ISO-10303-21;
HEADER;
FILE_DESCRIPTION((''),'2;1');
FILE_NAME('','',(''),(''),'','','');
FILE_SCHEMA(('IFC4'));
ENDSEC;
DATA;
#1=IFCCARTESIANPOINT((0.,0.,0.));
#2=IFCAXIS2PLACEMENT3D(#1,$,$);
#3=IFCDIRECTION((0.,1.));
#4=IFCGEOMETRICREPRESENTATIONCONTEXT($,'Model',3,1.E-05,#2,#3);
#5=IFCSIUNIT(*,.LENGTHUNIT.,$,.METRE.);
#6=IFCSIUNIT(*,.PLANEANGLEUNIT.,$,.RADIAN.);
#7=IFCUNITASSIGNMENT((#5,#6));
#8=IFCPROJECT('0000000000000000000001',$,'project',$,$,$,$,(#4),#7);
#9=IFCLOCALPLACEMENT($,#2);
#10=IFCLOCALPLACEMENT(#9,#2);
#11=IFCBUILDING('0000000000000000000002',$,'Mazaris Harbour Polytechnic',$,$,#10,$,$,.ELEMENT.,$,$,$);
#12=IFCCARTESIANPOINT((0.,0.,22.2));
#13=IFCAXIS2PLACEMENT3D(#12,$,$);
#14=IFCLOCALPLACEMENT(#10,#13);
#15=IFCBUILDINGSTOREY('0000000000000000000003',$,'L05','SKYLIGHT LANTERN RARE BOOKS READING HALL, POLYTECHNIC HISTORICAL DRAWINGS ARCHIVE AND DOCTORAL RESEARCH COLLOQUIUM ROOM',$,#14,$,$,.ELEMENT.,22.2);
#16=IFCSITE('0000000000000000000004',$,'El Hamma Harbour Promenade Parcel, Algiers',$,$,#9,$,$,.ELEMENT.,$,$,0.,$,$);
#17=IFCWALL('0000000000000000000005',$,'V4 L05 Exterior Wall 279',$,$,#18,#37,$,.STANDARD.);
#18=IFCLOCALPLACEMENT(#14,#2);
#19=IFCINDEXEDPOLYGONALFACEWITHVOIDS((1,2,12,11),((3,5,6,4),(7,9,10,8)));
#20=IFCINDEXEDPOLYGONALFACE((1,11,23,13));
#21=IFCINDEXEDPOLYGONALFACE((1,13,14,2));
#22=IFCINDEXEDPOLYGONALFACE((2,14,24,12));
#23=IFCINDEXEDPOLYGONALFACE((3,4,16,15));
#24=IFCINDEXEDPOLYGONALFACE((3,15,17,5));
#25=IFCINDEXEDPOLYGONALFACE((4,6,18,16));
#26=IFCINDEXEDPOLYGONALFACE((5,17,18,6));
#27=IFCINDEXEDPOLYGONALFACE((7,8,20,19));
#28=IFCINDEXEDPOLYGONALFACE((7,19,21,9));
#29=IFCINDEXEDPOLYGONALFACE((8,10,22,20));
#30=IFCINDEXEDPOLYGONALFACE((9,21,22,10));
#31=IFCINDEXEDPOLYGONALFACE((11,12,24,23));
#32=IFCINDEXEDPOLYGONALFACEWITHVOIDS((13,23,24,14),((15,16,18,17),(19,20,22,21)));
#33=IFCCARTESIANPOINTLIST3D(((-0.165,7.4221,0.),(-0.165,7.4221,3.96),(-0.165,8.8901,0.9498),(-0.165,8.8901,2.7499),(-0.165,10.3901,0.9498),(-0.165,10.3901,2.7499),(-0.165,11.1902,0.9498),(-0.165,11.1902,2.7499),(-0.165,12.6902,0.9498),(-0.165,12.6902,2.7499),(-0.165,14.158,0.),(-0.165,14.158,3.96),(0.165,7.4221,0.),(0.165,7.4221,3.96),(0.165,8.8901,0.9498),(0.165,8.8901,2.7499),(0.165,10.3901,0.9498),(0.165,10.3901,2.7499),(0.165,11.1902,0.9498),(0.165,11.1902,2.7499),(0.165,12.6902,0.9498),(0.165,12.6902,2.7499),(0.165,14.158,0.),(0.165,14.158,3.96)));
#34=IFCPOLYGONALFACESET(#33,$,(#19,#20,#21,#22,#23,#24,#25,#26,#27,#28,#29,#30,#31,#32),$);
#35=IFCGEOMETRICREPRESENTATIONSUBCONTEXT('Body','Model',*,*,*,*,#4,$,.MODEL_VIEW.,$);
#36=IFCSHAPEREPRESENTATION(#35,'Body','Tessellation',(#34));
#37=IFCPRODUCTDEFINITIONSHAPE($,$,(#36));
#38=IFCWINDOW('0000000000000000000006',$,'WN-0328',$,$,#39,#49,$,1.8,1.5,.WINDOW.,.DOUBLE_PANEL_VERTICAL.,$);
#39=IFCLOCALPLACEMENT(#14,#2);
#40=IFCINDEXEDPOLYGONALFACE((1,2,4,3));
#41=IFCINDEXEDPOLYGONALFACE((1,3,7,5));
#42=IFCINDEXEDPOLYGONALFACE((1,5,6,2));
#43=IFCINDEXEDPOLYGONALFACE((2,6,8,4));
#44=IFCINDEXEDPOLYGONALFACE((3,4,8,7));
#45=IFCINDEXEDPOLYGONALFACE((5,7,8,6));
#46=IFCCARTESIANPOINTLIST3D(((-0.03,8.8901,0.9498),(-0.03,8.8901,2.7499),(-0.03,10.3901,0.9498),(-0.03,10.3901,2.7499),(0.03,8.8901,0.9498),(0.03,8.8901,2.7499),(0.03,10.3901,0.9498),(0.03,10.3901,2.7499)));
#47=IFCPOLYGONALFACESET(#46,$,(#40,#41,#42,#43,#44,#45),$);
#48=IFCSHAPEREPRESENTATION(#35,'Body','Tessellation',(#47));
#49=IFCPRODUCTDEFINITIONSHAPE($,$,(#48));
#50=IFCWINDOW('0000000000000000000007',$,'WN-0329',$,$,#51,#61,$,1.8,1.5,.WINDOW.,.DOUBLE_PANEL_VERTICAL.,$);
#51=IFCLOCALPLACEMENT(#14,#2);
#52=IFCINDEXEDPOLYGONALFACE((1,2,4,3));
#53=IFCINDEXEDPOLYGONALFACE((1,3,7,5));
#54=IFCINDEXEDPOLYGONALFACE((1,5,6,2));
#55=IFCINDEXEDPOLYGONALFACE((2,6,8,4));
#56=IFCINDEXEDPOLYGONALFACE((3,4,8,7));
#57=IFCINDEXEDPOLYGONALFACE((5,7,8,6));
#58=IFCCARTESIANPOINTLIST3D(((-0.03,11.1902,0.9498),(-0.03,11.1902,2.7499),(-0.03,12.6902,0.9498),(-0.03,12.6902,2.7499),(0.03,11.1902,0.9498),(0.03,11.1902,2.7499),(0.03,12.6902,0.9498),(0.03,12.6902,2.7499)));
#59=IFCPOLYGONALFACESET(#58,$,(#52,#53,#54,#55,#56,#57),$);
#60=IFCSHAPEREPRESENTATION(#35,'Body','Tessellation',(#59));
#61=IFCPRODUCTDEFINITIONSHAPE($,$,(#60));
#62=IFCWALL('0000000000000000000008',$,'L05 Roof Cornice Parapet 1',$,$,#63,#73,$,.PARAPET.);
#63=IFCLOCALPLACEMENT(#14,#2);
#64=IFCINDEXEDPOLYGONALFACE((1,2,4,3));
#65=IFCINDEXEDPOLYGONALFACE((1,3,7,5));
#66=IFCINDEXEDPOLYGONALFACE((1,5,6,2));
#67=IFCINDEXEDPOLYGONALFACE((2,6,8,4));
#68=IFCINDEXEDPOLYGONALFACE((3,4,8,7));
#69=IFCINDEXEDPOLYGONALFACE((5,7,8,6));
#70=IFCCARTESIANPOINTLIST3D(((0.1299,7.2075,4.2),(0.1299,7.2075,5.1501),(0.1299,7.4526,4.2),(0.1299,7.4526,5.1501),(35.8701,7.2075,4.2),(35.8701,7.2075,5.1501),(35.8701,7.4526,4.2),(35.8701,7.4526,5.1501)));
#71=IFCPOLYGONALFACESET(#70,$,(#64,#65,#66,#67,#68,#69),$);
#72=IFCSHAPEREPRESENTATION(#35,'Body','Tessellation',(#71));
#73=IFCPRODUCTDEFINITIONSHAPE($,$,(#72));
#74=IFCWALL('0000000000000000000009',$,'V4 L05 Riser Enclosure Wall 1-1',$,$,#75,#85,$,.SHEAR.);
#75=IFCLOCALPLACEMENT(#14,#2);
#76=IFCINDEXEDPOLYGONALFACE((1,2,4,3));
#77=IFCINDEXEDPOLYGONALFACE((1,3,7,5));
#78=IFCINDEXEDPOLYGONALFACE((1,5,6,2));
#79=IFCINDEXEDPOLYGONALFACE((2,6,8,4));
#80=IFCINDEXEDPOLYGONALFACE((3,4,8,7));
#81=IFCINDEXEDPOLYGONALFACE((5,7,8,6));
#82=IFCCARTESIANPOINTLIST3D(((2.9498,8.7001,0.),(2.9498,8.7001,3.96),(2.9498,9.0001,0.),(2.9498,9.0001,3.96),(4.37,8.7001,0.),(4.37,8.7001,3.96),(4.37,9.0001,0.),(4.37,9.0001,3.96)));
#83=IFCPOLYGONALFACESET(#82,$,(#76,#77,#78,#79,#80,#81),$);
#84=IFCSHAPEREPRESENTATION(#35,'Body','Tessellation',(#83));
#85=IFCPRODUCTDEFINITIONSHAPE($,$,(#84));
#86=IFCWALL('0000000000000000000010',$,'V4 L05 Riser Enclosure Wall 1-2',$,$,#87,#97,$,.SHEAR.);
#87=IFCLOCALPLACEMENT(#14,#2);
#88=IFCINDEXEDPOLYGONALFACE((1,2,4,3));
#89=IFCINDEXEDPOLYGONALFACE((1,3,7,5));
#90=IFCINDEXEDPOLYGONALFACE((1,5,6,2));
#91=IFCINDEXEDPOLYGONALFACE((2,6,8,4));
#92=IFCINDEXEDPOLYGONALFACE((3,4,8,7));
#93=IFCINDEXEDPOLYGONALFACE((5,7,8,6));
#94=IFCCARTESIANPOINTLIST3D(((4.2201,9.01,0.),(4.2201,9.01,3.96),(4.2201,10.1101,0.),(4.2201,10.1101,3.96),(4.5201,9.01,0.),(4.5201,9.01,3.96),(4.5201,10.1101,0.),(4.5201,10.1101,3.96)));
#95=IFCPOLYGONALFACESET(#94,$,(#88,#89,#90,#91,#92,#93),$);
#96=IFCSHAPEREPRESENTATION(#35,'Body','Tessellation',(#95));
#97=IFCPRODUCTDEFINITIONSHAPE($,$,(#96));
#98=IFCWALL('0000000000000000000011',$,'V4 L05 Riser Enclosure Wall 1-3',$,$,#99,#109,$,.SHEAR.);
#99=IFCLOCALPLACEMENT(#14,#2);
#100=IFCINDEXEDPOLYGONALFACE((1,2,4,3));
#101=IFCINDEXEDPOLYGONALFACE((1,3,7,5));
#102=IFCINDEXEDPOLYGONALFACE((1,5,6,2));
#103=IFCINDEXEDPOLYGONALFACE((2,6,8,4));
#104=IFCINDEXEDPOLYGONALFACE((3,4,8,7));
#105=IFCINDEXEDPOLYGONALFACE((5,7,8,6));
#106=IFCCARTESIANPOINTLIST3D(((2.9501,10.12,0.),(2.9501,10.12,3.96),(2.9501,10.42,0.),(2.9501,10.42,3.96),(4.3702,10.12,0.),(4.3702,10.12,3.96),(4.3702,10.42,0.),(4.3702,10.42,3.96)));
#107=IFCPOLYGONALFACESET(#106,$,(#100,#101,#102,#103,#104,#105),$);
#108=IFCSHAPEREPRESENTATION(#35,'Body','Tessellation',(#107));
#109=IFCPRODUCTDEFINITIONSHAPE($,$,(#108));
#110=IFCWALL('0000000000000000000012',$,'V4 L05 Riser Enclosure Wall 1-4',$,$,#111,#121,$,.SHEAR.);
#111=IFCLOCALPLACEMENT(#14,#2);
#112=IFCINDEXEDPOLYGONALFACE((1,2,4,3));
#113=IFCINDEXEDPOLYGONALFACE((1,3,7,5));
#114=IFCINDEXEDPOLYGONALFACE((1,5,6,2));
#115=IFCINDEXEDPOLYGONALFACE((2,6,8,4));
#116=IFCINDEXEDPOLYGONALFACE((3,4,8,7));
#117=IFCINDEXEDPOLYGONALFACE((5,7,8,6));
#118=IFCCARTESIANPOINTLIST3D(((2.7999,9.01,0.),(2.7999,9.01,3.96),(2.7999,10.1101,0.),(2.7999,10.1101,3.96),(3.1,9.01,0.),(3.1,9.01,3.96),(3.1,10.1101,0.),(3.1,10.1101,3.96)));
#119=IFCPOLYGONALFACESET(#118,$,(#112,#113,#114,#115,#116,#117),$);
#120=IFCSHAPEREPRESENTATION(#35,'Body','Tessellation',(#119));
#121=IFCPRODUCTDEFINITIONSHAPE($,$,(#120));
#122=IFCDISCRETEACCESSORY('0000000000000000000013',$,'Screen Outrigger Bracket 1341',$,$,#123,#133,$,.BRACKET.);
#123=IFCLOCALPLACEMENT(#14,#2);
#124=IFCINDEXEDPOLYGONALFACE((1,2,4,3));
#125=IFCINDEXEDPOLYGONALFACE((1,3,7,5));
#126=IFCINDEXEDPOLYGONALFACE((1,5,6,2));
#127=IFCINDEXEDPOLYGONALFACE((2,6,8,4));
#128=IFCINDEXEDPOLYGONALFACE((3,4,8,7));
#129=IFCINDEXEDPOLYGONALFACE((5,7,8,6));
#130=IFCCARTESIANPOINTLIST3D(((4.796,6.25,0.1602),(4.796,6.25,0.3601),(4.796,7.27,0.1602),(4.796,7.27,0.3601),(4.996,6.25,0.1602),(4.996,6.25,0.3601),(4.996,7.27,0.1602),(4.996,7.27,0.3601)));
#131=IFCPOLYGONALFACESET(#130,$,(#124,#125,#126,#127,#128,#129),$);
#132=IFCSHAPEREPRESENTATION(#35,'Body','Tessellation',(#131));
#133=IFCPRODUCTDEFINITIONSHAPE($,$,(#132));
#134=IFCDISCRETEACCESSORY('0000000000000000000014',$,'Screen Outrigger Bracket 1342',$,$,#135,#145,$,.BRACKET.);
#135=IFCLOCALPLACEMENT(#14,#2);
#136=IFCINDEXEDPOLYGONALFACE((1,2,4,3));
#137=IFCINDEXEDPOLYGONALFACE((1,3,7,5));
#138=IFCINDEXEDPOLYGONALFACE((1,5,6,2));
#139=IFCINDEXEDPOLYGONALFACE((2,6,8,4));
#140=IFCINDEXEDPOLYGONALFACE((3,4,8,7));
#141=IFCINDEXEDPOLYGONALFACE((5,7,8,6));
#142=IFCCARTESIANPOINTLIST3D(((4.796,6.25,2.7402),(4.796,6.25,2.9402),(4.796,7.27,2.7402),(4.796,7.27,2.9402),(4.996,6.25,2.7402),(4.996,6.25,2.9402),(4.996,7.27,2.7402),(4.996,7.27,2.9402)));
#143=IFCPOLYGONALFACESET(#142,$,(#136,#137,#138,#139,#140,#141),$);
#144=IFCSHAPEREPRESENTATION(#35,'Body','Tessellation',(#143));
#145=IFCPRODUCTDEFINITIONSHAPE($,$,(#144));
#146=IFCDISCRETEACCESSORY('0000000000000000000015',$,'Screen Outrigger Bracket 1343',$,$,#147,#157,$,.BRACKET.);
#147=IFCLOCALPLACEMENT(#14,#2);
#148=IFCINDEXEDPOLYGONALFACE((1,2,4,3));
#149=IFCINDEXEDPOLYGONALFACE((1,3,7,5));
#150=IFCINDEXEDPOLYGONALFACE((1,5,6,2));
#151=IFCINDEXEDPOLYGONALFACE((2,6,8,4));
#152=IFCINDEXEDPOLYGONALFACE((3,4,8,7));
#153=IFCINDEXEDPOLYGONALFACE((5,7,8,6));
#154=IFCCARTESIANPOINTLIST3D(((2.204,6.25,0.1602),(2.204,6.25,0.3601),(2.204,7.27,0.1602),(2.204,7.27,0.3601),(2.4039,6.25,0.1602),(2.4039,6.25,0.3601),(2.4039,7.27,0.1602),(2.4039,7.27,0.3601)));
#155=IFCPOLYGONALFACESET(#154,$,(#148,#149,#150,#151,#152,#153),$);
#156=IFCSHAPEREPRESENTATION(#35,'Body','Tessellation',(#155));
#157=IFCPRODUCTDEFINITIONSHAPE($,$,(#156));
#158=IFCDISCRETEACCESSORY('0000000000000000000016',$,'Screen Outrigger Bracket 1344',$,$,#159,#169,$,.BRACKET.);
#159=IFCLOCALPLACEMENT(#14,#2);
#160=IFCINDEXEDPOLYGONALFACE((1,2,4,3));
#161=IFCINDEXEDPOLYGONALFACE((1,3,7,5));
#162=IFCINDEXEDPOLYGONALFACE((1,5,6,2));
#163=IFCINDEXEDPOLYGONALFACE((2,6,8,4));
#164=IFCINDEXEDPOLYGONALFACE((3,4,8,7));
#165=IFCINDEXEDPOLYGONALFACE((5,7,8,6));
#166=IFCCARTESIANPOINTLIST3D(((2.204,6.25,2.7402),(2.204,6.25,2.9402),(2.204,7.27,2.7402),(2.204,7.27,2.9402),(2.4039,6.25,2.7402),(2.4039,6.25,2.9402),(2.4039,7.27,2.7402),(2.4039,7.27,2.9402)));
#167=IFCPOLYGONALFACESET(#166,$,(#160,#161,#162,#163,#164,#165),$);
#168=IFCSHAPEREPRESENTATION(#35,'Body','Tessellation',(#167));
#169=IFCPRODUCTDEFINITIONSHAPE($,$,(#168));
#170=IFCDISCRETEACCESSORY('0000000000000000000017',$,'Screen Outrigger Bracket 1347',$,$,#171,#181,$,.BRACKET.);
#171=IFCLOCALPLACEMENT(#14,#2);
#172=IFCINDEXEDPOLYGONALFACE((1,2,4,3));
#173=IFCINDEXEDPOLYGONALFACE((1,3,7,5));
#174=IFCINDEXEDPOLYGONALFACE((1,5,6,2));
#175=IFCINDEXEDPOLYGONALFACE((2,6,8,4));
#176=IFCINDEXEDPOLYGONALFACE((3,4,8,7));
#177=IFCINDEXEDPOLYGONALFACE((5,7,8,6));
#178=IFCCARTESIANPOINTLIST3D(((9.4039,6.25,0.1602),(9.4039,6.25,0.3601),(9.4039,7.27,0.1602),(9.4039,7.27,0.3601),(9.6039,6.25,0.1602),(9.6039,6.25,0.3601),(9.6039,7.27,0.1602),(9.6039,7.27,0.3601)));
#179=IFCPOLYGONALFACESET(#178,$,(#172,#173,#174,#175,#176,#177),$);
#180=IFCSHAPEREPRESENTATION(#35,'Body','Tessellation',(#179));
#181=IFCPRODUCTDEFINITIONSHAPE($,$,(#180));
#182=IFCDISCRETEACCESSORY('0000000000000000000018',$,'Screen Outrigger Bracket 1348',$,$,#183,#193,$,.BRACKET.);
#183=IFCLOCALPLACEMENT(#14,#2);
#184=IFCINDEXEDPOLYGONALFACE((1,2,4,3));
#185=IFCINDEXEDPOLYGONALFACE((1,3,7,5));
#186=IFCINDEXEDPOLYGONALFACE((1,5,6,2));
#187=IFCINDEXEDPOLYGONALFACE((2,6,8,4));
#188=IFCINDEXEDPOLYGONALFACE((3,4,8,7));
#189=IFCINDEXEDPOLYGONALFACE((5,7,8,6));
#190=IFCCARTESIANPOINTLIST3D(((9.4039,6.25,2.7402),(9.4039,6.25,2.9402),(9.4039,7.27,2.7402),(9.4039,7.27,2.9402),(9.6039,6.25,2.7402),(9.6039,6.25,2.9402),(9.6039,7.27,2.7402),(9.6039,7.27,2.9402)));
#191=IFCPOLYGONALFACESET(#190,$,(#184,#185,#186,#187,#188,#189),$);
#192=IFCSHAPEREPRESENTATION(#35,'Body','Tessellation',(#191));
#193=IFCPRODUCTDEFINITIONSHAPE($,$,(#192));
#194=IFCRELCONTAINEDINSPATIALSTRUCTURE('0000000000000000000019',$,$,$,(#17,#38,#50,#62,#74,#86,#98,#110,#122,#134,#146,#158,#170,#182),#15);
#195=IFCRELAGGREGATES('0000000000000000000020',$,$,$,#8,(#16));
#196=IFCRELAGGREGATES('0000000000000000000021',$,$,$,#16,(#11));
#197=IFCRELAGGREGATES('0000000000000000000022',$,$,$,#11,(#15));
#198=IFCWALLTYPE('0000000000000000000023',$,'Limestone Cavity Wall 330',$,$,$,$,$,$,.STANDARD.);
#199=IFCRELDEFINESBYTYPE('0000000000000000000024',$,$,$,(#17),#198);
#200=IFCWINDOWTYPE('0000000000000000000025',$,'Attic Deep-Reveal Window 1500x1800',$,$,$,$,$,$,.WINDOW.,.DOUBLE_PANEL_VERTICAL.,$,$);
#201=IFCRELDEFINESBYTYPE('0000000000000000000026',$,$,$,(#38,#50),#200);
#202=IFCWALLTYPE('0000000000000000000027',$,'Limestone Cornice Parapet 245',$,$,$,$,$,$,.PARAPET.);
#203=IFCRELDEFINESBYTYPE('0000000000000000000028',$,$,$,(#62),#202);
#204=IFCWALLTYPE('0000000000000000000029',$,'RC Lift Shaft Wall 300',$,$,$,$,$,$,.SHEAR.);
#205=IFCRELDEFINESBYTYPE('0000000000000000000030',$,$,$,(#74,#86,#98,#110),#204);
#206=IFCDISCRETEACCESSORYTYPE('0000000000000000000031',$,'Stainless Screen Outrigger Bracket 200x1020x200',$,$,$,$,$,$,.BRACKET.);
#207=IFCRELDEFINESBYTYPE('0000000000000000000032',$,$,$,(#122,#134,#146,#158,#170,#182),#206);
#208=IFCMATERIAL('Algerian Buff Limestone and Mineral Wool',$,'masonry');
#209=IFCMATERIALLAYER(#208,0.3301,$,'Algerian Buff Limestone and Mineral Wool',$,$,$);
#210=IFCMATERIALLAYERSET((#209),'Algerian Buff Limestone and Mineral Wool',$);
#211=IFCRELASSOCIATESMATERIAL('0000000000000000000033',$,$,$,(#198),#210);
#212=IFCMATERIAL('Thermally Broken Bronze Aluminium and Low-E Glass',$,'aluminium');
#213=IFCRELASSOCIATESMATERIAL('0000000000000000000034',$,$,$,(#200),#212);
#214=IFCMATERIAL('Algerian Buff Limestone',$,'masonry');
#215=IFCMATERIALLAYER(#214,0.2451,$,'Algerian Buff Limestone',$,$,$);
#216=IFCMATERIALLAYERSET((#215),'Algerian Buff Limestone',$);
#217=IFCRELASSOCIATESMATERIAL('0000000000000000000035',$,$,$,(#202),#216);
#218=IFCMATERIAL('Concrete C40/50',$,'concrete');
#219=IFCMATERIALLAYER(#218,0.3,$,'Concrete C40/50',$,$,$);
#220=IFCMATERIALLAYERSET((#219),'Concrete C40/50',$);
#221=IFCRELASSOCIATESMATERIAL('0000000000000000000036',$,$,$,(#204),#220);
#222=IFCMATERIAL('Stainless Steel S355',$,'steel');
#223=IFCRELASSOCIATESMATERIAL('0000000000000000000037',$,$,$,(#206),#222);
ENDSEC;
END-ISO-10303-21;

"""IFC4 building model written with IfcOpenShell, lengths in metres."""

from ifc_helpers import new_model, si_unit, direction, frame, frame_2d, origin, origin_2d, place, context, subcontext, project, spatial, rectangle, extrude, material, layer, layer_set, type_object, element, fill, save


model = new_model("IFC4")

# Units and contexts
model_context = context("Model", 3, precision=1e-05, world=origin(), true_north=direction((0.0, 1.0)))
body_context = subcontext(model_context, "Body", "Model", "MODEL_VIEW")
ifc_project = project(units=[si_unit("LENGTHUNIT", "METRE"), si_unit("PLANEANGLEUNIT", "RADIAN")], contexts=[model_context])

# Site, building, storey
site_placement = place(None, origin())
site = spatial("IfcSite", under=ifc_project, at=site_placement, Name="El Hamma Harbour Promenade Parcel, Algiers", CompositionType="ELEMENT", RefElevation=0.0)
building_placement = place(site_placement, origin())
building = spatial("IfcBuilding", under=site, at=building_placement, Name="Mazaris Harbour Polytechnic", CompositionType="ELEMENT")
storey_placement = place(building_placement, frame((0.0, 0.0, 22.2)))
storey = spatial("IfcBuildingStorey", under=building, at=storey_placement, Name="L05", Description="SKYLIGHT LANTERN RARE BOOKS READING HALL, POLYTECHNIC HISTORICAL DRAWINGS ARCHIVE AND DOCTORAL RESEARCH COLLOQUIUM ROOM", CompositionType="ELEMENT", Elevation=22.2)

# Wall, openings, windows
ifc_material_1 = material(Name="Algerian Buff Limestone and Mineral Wool", Category="masonry")
ifc_layer_1 = layer(ifc_material_1, 0.3301, Name="Algerian Buff Limestone and Mineral Wool")
ifc_layer_set_1 = layer_set([ifc_layer_1], Name="Algerian Buff Limestone and Mineral Wool")
wall_type_1 = type_object("IfcWallType", Name="Limestone Cavity Wall 330", PredefinedType="STANDARD", material=ifc_layer_set_1)
ifc_material_2 = material(Name="Thermally Broken Bronze Aluminium and Low-E Glass", Category="aluminium")
window_type = type_object("IfcWindowType", Name="Attic Deep-Reveal Window 1500x1800", PartitioningType="DOUBLE_PANEL_VERTICAL", PredefinedType="WINDOW", material=ifc_material_2)
wall_1_placement = place(storey_placement, frame((0.0, 7.4221, 0.0), z_axis=(0.0, 0.0, 1.0), x_axis=(0.0, 1.0, 0.0)))
wall_1 = element("IfcWall", 1, at=wall_1_placement, inside=storey, type_object=wall_type_1, Name="V4 L05 Exterior Wall 279", PredefinedType="STANDARD", context=body_context, shape_type="SweptSolid", body=[
    extrude(rectangle(XDim=6.7358, YDim=0.3301, at=frame_2d((3.3679, 0.0))), origin(), (0.0, 0.0, 1.0), 3.96),
])
opening_1_placement = place(wall_1_placement, frame((1.468, 0.0, 0.95)))
opening_1 = element("IfcOpeningElement", 2, at=opening_1_placement, cuts=wall_1, PredefinedType="OPENING", context=body_context, shape_type="SweptSolid", body=[
    extrude(rectangle(XDim=1.5, YDim=1.8, at=frame_2d((0.75, 0.8999))), frame((0.0, 0.175, 0.0), z_axis=(0.0, -1.0, 0.0), x_axis=(1.0, 0.0, 0.0)), (0.0, 0.0, 1.0), 0.3501),
])
opening_2_placement = place(wall_1_placement, frame((3.7681, 0.0, 0.95)))
opening_2 = element("IfcOpeningElement", 3, at=opening_2_placement, cuts=wall_1, PredefinedType="OPENING", context=body_context, shape_type="SweptSolid", body=[
    extrude(rectangle(XDim=1.5, YDim=1.8, at=frame_2d((0.75, 0.8999))), frame((0.0, 0.175, 0.0), z_axis=(0.0, -1.0, 0.0), x_axis=(1.0, 0.0, 0.0)), (0.0, 0.0, 1.0), 0.3501),
])
window_1_placement = place(opening_1_placement, origin())
window_1 = element("IfcWindow", 4, at=window_1_placement, inside=storey, type_object=window_type, Name="WN-0328", OverallHeight=1.8, OverallWidth=1.5, PartitioningType="DOUBLE_PANEL_VERTICAL", PredefinedType="WINDOW", context=body_context, shape_type="SweptSolid", body=[
    extrude(rectangle(XDim=1.5, YDim=1.8, at=frame_2d((0.75, 0.8999))), frame((0.0, 0.03, 0.0), z_axis=(0.0, -1.0, 0.0), x_axis=(1.0, 0.0, 0.0)), (0.0, 0.0, 1.0), 0.0601),
])
fill(opening_1, window_1)
window_2_placement = place(opening_2_placement, origin())
window_2 = element("IfcWindow", 5, at=window_2_placement, inside=storey, type_object=window_type, Name="WN-0329", OverallHeight=1.8, OverallWidth=1.5, PartitioningType="DOUBLE_PANEL_VERTICAL", PredefinedType="WINDOW", context=body_context, shape_type="SweptSolid", body=[
    extrude(rectangle(XDim=1.5, YDim=1.8, at=frame_2d((0.75, 0.8999))), frame((0.0, 0.03, 0.0), z_axis=(0.0, -1.0, 0.0), x_axis=(1.0, 0.0, 0.0)), (0.0, 0.0, 1.0), 0.0601),
])
fill(opening_2, window_2)

# Walls
ifc_material_3 = material(Name="Algerian Buff Limestone", Category="masonry")
ifc_layer_2 = layer(ifc_material_3, 0.2451, Name="Algerian Buff Limestone")
ifc_layer_set_2 = layer_set([ifc_layer_2], Name="Algerian Buff Limestone")
wall_type_2 = type_object("IfcWallType", Name="Limestone Cornice Parapet 245", PredefinedType="PARAPET", material=ifc_layer_set_2)
wall_2_placement = place(storey_placement, frame((0.1299, 7.3301, 4.2), z_axis=(0.0, 0.0, 1.0), x_axis=(1.0, 0.0, 0.0)))
element("IfcWall", 6, at=wall_2_placement, inside=storey, type_object=wall_type_2, Name="L05 Roof Cornice Parapet 1", PredefinedType="PARAPET", context=body_context, shape_type="SweptSolid", body=[
    extrude(rectangle(XDim=35.7402, YDim=0.2451, at=frame_2d((17.8701, 0.0))), origin(), (0.0, 0.0, 1.0), 0.9502),
])
ifc_material_4 = material(Name="Concrete C40/50", Category="concrete")
ifc_layer_3 = layer(ifc_material_4, 0.3, Name="Concrete C40/50")
ifc_layer_set_3 = layer_set([ifc_layer_3], Name="Concrete C40/50")
wall_type_3 = type_object("IfcWallType", Name="RC Lift Shaft Wall 300", PredefinedType="SHEAR", material=ifc_layer_set_3)
wall_3_placement = place(storey_placement, frame((2.95, 8.8501, 0.0), z_axis=(0.0, 0.0, 1.0), x_axis=(1.0, 0.0, 0.0)))
element("IfcWall", 7, at=wall_3_placement, inside=storey, type_object=wall_type_3, Name="V4 L05 Riser Enclosure Wall 1-1", PredefinedType="SHEAR", context=body_context, shape_type="SweptSolid", body=[
    extrude(rectangle(XDim=1.4202, YDim=0.3, at=frame_2d((0.71, 0.0))), origin(), (0.0, 0.0, 1.0), 3.96),
])
wall_4_placement = place(storey_placement, frame((4.3701, 9.01, 0.0), z_axis=(0.0, 0.0, 1.0), x_axis=(0.0, 1.0, 0.0)))
element("IfcWall", 8, at=wall_4_placement, inside=storey, type_object=wall_type_3, Name="V4 L05 Riser Enclosure Wall 1-2", PredefinedType="SHEAR", context=body_context, shape_type="SweptSolid", body=[
    extrude(rectangle(XDim=1.1001, YDim=0.3, at=frame_2d((0.55, 0.0))), origin(), (0.0, 0.0, 1.0), 3.96),
])
wall_5_placement = place(storey_placement, frame((4.3701, 10.27, 0.0), z_axis=(0.0, 0.0, 1.0), x_axis=(-1.0, 0.0, 0.0)))
element("IfcWall", 9, at=wall_5_placement, inside=storey, type_object=wall_type_3, Name="V4 L05 Riser Enclosure Wall 1-3", PredefinedType="SHEAR", context=body_context, shape_type="SweptSolid", body=[
    extrude(rectangle(XDim=1.4202, YDim=0.3, at=frame_2d((0.71, 0.0))), origin(), (0.0, 0.0, 1.0), 3.96),
])
wall_6_placement = place(storey_placement, frame((2.95, 10.1101, 0.0), z_axis=(0.0, 0.0, 1.0), x_axis=(0.0, -1.0, 0.0)))
element("IfcWall", 10, at=wall_6_placement, inside=storey, type_object=wall_type_3, Name="V4 L05 Riser Enclosure Wall 1-4", PredefinedType="SHEAR", context=body_context, shape_type="SweptSolid", body=[
    extrude(rectangle(XDim=1.1001, YDim=0.3, at=frame_2d((0.55, 0.0))), origin(), (0.0, 0.0, 1.0), 3.96),
])

# Discrete accessories
ifc_material_5 = material(Name="Stainless Steel S355", Category="steel")
discrete_accessory_type = type_object("IfcDiscreteAccessoryType", Name="Stainless Screen Outrigger Bracket 200x1020x200", PredefinedType="BRACKET", material=ifc_material_5)
for number, where, z_axis, x_axis, name in (
    (11, (4.896, 6.76, 0.1602), (0.0, 0.0, 1.0), (-1.0, 0.0, 0.0), "Screen Outrigger Bracket 1341"),
    (12, (4.896, 6.76, 2.7402), (0.0, 0.0, 1.0), (-1.0, 0.0, 0.0), "Screen Outrigger Bracket 1342"),
    (13, (2.304, 6.76, 0.1602), (0.0, 0.0, 1.0), (-1.0, 0.0, 0.0), "Screen Outrigger Bracket 1343"),
    (14, (2.304, 6.76, 2.7402), (0.0, 0.0, 1.0), (-1.0, 0.0, 0.0), "Screen Outrigger Bracket 1344"),
    (15, (9.5039, 6.76, 0.1602), (0.0, 0.0, 1.0), (-1.0, 0.0, 0.0), "Screen Outrigger Bracket 1347"),
    (16, (9.5039, 6.76, 2.7402), (0.0, 0.0, 1.0), (-1.0, 0.0, 0.0), "Screen Outrigger Bracket 1348"),
):
    element("IfcDiscreteAccessory", number, at=place(storey_placement, frame(where, z_axis=z_axis, x_axis=x_axis)), inside=storey, type_object=discrete_accessory_type, Name=name, PredefinedType="BRACKET", context=body_context, shape_type="SweptSolid", body=[
        extrude(rectangle(XDim=0.2, YDim=1.02, at=origin_2d()), origin(), (0.0, 0.0, 1.0), 0.2),
    ])

save(model, "model.ifc")
